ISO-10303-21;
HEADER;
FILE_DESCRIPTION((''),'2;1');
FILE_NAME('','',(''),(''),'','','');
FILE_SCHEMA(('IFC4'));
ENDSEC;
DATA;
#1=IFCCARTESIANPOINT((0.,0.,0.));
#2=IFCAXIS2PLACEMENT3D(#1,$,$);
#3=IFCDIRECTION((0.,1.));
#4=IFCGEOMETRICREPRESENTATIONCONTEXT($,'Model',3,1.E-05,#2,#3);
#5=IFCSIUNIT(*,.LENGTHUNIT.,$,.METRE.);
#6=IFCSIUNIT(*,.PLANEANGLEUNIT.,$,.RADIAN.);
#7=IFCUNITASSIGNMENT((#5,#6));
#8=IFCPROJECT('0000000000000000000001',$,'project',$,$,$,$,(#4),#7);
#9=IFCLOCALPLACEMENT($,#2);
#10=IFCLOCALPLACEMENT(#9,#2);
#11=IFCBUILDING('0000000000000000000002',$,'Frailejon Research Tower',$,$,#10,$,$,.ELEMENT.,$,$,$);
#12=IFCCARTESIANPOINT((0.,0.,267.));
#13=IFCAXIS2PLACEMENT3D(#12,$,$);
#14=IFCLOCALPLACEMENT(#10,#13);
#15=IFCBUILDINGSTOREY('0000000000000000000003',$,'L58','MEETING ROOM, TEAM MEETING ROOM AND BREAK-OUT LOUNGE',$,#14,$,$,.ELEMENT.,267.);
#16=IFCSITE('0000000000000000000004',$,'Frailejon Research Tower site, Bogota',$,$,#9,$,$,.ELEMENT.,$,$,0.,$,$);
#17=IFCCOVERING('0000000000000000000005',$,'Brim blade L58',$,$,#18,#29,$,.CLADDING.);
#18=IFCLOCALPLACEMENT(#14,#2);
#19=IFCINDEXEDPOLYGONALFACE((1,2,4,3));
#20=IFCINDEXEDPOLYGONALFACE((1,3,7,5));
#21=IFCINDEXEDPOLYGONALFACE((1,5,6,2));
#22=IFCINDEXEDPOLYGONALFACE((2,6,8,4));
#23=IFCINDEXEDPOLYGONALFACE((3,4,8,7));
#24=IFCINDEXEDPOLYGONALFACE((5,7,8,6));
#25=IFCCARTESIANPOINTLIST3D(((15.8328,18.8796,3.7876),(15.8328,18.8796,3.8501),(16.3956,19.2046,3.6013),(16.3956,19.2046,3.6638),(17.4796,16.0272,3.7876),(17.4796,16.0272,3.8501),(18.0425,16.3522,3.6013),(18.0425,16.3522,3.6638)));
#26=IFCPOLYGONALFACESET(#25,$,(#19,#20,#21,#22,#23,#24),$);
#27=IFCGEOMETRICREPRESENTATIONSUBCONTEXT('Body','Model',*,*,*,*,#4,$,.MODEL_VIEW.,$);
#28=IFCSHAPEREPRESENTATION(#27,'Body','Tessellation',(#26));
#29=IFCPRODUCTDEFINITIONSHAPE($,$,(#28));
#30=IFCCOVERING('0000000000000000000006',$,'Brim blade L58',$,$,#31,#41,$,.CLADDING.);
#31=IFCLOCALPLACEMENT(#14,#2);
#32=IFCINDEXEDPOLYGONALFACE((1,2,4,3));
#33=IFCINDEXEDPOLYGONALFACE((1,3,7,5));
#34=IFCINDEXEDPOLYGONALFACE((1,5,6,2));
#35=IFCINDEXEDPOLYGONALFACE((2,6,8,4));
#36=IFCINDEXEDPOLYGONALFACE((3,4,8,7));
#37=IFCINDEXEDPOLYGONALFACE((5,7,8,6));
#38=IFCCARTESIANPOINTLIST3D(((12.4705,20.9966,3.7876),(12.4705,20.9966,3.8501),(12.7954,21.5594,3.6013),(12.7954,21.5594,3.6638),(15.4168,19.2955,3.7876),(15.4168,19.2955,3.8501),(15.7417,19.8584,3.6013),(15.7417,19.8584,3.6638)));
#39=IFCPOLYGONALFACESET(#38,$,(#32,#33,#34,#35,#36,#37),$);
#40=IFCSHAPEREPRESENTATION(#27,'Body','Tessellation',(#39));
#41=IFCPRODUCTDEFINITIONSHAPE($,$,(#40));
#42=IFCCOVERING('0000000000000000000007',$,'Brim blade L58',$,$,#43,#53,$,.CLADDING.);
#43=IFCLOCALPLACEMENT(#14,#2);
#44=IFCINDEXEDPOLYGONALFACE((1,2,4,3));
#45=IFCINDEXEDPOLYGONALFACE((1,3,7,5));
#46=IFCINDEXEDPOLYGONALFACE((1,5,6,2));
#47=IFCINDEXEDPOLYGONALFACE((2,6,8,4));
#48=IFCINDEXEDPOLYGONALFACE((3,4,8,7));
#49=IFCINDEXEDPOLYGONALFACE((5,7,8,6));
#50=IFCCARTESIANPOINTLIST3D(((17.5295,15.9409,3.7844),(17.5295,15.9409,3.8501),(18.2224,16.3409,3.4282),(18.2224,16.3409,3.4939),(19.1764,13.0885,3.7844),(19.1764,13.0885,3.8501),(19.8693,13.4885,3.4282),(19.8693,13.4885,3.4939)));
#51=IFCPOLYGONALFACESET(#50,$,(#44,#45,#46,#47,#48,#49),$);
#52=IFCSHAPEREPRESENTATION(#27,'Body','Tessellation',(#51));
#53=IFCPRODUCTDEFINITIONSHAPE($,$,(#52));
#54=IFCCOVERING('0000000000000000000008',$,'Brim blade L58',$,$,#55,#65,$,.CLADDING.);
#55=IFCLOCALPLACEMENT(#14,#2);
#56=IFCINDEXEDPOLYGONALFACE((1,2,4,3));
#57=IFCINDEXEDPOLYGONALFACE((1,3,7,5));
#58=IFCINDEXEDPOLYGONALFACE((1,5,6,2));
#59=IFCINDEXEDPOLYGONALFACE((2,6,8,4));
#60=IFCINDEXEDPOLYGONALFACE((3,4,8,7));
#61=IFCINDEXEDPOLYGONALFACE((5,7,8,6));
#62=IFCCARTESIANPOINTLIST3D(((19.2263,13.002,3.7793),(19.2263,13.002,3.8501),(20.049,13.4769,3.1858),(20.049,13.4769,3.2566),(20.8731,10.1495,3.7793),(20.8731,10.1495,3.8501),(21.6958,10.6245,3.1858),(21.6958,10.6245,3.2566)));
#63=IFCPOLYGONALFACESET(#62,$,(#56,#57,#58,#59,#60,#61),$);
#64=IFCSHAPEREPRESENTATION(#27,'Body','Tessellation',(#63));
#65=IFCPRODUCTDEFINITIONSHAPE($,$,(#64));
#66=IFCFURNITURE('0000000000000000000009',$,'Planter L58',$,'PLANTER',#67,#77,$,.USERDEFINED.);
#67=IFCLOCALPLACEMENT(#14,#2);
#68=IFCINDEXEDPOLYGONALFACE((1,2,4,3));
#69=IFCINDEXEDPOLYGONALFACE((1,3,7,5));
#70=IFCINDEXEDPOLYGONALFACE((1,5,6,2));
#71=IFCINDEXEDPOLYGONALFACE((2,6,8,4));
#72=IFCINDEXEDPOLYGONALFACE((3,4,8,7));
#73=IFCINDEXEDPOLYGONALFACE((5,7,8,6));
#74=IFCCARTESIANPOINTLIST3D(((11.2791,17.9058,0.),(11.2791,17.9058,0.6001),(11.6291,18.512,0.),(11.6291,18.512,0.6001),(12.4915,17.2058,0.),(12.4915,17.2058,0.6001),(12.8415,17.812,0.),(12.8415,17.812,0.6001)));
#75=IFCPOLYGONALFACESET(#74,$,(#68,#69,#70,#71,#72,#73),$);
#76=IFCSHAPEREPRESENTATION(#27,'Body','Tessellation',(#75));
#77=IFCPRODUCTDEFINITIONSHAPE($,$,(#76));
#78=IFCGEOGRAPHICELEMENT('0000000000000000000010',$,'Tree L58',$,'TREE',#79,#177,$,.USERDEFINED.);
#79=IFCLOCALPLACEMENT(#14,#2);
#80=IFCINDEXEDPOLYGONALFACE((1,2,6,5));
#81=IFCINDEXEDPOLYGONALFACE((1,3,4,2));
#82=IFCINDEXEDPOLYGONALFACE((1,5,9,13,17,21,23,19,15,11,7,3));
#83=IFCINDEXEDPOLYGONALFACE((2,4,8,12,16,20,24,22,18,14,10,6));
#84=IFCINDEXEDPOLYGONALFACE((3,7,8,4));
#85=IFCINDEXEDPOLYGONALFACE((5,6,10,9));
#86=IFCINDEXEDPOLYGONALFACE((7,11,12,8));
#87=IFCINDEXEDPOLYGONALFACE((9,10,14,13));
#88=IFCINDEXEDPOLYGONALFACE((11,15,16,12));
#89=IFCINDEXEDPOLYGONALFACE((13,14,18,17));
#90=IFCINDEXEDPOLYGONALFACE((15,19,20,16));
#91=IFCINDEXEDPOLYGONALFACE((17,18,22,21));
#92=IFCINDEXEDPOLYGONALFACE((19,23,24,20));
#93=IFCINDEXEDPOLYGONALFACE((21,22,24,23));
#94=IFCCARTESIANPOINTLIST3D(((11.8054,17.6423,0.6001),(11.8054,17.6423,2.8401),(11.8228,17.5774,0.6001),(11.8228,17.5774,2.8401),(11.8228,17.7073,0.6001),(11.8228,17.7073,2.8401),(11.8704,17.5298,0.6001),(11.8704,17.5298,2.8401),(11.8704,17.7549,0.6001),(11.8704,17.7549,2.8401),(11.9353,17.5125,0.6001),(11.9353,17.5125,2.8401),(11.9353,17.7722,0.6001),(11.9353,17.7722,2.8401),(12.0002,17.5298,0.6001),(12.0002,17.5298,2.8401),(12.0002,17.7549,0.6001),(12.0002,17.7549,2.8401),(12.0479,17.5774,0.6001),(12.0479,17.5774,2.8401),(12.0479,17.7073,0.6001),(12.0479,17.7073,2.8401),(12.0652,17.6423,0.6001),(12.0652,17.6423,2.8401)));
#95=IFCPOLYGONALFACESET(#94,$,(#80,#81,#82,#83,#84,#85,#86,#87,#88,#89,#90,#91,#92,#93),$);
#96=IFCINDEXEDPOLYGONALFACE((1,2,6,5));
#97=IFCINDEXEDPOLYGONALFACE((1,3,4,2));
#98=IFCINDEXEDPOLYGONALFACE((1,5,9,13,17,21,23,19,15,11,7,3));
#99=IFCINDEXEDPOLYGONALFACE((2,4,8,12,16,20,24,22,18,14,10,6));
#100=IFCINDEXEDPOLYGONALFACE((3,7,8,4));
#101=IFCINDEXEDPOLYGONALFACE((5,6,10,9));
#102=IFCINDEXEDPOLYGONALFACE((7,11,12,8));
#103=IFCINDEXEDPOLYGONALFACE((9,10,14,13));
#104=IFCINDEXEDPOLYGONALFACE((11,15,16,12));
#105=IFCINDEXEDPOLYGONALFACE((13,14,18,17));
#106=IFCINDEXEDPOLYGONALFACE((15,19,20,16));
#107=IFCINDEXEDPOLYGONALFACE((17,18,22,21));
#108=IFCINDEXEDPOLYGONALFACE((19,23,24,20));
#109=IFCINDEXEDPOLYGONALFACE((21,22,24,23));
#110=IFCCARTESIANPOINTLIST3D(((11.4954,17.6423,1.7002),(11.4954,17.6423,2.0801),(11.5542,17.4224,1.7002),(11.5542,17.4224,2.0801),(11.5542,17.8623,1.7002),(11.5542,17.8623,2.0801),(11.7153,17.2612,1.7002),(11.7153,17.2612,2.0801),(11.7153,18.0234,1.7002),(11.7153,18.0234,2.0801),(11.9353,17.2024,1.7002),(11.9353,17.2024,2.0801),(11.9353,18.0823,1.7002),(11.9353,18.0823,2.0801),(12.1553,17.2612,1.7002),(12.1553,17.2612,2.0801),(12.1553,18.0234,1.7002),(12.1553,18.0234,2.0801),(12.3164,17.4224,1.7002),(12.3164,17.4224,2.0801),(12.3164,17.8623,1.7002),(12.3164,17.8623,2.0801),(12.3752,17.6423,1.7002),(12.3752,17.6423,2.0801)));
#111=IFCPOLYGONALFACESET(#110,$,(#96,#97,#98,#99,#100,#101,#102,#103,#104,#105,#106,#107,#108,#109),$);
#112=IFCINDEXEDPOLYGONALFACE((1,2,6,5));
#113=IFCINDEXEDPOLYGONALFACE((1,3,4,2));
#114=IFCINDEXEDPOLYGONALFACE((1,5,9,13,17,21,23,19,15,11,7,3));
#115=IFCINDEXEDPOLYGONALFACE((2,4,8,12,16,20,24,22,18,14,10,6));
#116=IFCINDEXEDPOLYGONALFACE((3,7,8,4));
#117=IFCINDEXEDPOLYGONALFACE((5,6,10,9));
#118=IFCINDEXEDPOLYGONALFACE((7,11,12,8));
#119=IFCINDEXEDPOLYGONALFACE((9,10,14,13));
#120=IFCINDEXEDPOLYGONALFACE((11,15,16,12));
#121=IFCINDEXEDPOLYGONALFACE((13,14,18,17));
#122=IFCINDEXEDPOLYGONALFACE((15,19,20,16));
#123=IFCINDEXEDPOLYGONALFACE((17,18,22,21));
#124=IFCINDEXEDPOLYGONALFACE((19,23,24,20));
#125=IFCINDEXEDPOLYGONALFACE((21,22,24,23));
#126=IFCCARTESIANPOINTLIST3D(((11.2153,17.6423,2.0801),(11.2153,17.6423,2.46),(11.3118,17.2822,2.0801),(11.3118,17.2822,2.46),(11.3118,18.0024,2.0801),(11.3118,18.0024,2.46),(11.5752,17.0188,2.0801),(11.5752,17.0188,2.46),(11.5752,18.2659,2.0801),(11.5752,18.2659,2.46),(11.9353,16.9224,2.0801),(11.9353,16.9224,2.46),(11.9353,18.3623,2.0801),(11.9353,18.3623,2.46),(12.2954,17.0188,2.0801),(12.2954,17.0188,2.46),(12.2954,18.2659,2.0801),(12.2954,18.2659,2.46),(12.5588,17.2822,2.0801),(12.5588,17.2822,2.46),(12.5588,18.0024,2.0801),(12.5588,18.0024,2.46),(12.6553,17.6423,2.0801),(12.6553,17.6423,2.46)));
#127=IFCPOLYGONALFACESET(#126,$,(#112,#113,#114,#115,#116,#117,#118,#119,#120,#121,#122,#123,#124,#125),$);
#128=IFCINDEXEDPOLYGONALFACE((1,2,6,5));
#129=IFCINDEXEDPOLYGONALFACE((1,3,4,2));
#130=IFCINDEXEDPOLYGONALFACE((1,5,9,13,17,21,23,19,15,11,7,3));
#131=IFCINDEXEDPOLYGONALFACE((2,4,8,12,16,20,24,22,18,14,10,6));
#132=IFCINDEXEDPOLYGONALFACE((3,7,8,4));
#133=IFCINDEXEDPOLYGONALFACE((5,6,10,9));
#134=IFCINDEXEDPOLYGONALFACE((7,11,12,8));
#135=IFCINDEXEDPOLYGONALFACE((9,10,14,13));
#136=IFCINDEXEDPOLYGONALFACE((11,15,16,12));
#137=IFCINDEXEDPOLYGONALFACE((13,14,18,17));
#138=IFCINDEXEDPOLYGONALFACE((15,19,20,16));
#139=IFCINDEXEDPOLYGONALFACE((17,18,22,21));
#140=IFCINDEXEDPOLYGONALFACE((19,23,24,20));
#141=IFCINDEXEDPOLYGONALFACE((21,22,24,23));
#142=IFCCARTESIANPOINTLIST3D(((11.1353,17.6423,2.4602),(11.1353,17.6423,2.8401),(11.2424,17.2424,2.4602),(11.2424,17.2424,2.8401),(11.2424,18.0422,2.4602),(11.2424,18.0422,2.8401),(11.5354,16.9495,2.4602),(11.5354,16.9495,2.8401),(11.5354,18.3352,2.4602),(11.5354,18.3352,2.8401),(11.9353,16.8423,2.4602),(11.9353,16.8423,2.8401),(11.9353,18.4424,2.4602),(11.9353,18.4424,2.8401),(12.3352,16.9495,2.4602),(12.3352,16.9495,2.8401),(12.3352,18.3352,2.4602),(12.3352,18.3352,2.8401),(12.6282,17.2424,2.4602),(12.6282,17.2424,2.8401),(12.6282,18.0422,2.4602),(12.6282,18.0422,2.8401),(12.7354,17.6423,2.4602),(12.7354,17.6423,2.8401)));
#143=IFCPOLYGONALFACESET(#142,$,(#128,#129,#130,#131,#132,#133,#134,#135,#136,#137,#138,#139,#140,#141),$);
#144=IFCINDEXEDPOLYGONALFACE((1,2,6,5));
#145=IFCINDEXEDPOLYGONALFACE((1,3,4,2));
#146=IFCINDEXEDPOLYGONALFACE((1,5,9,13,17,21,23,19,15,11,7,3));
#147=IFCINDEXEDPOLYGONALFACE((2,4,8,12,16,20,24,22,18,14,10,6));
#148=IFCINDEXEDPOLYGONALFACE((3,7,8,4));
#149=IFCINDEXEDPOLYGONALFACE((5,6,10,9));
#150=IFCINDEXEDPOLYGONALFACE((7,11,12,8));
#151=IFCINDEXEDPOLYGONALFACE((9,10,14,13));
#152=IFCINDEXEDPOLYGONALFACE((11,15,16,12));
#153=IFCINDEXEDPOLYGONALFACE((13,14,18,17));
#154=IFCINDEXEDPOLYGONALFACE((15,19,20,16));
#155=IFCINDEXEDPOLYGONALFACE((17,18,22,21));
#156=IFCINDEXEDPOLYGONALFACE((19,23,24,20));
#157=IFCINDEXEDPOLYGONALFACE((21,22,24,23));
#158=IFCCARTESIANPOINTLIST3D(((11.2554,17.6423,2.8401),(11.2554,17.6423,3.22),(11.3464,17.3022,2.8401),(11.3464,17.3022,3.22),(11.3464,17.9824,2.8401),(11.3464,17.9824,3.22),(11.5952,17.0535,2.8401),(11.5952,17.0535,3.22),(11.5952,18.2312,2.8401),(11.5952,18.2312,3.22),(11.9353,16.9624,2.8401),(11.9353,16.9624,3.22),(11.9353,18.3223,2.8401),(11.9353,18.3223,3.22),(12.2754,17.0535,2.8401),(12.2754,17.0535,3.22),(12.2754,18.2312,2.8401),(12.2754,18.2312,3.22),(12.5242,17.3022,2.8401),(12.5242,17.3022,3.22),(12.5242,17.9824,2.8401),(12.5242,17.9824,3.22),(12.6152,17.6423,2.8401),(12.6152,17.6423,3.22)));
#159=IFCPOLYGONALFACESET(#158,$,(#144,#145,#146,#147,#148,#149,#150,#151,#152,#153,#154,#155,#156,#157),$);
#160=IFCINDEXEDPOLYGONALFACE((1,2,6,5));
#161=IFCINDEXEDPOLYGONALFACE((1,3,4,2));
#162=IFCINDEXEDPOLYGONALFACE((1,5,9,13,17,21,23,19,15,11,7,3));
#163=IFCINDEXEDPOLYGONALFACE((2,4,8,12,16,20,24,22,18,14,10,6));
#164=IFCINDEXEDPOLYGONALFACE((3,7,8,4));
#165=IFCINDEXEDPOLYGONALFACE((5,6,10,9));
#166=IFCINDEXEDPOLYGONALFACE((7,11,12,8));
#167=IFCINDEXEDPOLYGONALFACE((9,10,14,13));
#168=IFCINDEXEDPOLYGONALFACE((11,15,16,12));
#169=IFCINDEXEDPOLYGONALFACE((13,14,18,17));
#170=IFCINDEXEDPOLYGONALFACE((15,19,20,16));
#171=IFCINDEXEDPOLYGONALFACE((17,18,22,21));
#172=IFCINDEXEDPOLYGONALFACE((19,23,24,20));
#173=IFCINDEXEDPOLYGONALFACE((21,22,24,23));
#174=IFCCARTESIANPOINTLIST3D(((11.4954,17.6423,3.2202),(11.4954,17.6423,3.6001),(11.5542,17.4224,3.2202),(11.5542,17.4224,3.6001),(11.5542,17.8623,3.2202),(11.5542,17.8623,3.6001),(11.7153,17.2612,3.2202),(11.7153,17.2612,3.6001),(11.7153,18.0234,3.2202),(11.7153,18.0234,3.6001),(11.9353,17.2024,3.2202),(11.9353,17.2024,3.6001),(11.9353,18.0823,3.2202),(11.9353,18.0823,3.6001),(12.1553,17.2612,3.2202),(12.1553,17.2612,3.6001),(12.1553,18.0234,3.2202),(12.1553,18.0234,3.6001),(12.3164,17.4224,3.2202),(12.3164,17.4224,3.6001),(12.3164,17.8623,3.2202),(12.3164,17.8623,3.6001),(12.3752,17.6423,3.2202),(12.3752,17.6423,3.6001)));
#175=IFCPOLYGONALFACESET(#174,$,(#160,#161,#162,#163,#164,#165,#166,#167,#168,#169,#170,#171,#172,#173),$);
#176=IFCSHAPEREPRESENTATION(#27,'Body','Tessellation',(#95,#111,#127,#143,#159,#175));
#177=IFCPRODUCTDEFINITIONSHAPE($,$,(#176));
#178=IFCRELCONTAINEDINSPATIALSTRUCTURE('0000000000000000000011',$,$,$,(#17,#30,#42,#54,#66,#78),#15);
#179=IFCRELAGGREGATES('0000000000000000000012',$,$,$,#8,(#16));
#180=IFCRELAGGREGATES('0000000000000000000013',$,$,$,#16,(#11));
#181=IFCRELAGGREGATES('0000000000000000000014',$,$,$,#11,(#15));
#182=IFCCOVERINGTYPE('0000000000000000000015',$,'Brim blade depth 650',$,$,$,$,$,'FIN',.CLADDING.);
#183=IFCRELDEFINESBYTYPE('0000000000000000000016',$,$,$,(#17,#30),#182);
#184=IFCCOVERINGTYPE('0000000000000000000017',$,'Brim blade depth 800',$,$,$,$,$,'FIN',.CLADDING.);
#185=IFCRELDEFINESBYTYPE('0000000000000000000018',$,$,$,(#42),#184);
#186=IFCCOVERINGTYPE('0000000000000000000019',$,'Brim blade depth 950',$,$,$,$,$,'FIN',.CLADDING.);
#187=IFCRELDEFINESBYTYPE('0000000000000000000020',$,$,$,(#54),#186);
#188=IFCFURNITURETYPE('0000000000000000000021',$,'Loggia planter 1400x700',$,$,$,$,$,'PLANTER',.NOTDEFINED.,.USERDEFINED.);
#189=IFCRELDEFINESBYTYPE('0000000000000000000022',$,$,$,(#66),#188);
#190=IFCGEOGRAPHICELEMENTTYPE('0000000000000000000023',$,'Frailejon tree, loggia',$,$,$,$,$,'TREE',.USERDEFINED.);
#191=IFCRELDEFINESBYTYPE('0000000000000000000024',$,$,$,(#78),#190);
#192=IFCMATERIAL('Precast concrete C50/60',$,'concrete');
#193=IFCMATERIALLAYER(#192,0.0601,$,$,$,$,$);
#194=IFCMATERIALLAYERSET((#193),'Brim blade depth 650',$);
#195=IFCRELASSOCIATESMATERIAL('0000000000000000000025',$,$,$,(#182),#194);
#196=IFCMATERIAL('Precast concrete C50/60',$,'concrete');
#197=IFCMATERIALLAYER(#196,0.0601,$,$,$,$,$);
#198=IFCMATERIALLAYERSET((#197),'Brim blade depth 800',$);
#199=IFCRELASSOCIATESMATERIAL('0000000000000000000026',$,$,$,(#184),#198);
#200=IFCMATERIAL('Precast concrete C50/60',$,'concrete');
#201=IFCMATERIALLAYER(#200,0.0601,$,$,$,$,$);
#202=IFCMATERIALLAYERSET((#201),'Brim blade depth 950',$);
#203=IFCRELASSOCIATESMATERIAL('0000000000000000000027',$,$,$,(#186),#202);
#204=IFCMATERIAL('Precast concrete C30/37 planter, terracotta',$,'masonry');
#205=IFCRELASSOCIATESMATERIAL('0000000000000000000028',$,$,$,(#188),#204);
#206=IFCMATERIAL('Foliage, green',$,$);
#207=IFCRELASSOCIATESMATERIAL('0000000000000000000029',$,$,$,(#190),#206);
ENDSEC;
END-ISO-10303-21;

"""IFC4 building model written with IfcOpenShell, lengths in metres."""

from ifc_helpers import new_model, si_unit, direction, frame, origin, origin_2d, place, context, subcontext, project, spatial, polyline, rectangle, outline, extrude, material, layer, layer_set, type_object, element, save


model = new_model("IFC4")

# Units and contexts
model_context = context("Model", 3, precision=1e-05, world=origin(), true_north=direction((0.0, 1.0)))
body_context = subcontext(model_context, "Body", "Model", "MODEL_VIEW")
ifc_project = project(units=[si_unit("LENGTHUNIT", "METRE"), si_unit("PLANEANGLEUNIT", "RADIAN")], contexts=[model_context])

# Site, building, storey
site_placement = place(None, origin())
site = spatial("IfcSite", under=ifc_project, at=site_placement, Name="Frailejon Research Tower site, Bogota", CompositionType="ELEMENT", RefElevation=0.0)
building_placement = place(site_placement, origin())
building = spatial("IfcBuilding", under=site, at=building_placement, Name="Frailejon Research Tower", CompositionType="ELEMENT")
storey_placement = place(building_placement, frame((0.0, 0.0, 267.0)))
storey = spatial("IfcBuildingStorey", under=building, at=storey_placement, Name="L58", Description="MEETING ROOM, TEAM MEETING ROOM AND BREAK-OUT LOUNGE", CompositionType="ELEMENT", Elevation=267.0)

# Coverings
ifc_material_1 = material(Name="Precast concrete C50/60", Category="concrete")
ifc_layer_1 = layer(ifc_material_1, 0.0601)
ifc_layer_set_1 = layer_set([ifc_layer_1], Name="Brim blade depth 650")
covering_type_1 = type_object("IfcCoveringType", Name="Brim blade depth 650", ElementType="FIN", PredefinedType="CLADDING", material=ifc_layer_set_1)
covering_1_placement = place(storey_placement, frame((15.8328, 18.8796, 3.8501), z_axis=(0.500006, -0.866022, 0.0), x_axis=(0.866022, 0.500006, 0.0)))
element("IfcCovering", 1, at=covering_1_placement, inside=storey, type_object=covering_type_1, Name="Brim blade L58", PredefinedType="CLADDING", context=body_context, shape_type="SweptSolid", body=[
    extrude(outline(polyline([(0.0, -0.0625), (0.6499, -0.2488), (0.6499, -0.1863), (0.0, 0.0), (0.0, -0.0625)])), origin(), (0.0, 0.0, 1.0), 3.2937),
])
covering_2_placement = place(storey_placement, frame((12.4705, 20.9966, 3.8501), z_axis=(0.866024, -0.500003, 0.0), x_axis=(0.500003, 0.866024, 0.0)))
element("IfcCovering", 2, at=covering_2_placement, inside=storey, type_object=covering_type_1, Name="Brim blade L58", PredefinedType="CLADDING", context=body_context, shape_type="SweptSolid", body=[
    extrude(outline(polyline([(0.0, -0.0625), (0.6499, -0.2488), (0.6499, -0.1863), (0.0, 0.0), (0.0, -0.0625)])), origin(), (0.0, 0.0, 1.0), 3.4021),
])
ifc_material_2 = material(Name="Precast concrete C50/60", Category="concrete")
ifc_layer_2 = layer(ifc_material_2, 0.0601)
ifc_layer_set_2 = layer_set([ifc_layer_2], Name="Brim blade depth 800")
covering_type_2 = type_object("IfcCoveringType", Name="Brim blade depth 800", ElementType="FIN", PredefinedType="CLADDING", material=ifc_layer_set_2)
covering_3_placement = place(storey_placement, frame((17.5295, 15.9409, 3.8501), z_axis=(0.500006, -0.866022, 0.0), x_axis=(0.866022, 0.500006, 0.0)))
element("IfcCovering", 3, at=covering_3_placement, inside=storey, type_object=covering_type_2, Name="Brim blade L58", PredefinedType="CLADDING", context=body_context, shape_type="SweptSolid", body=[
    extrude(outline(polyline([(0.0, -0.0657), (0.8, -0.4219), (0.8, -0.3562), (0.0, 0.0), (0.0, -0.0657)])), origin(), (0.0, 0.0, 1.0), 3.2937),
])
ifc_material_3 = material(Name="Precast concrete C50/60", Category="concrete")
ifc_layer_3 = layer(ifc_material_3, 0.0601)
ifc_layer_set_3 = layer_set([ifc_layer_3], Name="Brim blade depth 950")
covering_type_3 = type_object("IfcCoveringType", Name="Brim blade depth 950", ElementType="FIN", PredefinedType="CLADDING", material=ifc_layer_set_3)
covering_4_placement = place(storey_placement, frame((19.2263, 13.002, 3.8501), z_axis=(0.499993, -0.86603, 0.0), x_axis=(0.86603, 0.499993, 0.0)))
element("IfcCovering", 4, at=covering_4_placement, inside=storey, type_object=covering_type_3, Name="Brim blade L58", PredefinedType="CLADDING", context=body_context, shape_type="SweptSolid", body=[
    extrude(outline(polyline([(0.0, -0.0708), (0.95, -0.6643), (0.95, -0.5935), (0.0, 0.0), (0.0, -0.0708)])), origin(), (0.0, 0.0, 1.0), 3.2937),
])

# Furniture
ifc_material_4 = material(Name="Precast concrete C30/37 planter, terracotta", Category="masonry")
furniture_type = type_object("IfcFurnitureType", Name="Loggia planter 1400x700", ElementType="PLANTER", AssemblyPlace="NOTDEFINED", PredefinedType="USERDEFINED", material=ifc_material_4)
furniture_placement = place(storey_placement, frame((12.0603, 17.8589, 0.0), z_axis=(0.0, 0.0, 1.0), x_axis=(-0.866025, 0.5, 0.0)))
element("IfcFurniture", 5, at=furniture_placement, inside=storey, type_object=furniture_type, Name="Planter L58", ObjectType="PLANTER", PredefinedType="USERDEFINED", context=body_context, shape_type="SweptSolid", body=[
    extrude(rectangle(XDim=1.3999, YDim=0.7, at=origin_2d()), origin(), (0.0, 0.0, 1.0), 0.6001),
])

# Geographic element
ifc_material_5 = material(Name="Foliage, green")
geographic_element_type = type_object("IfcGeographicElementType", Name="Frailejon tree, loggia", ElementType="TREE", PredefinedType="USERDEFINED", material=ifc_material_5)
geographic_element_placement = place(storey_placement, frame((11.9353, 17.6423, 0.6001)))
element("IfcGeographicElement", 6, at=geographic_element_placement, inside=storey, type_object=geographic_element_type, Name="Tree L58", ObjectType="TREE", PredefinedType="USERDEFINED", context=body_context, shape_type="SweptSolid", body=[
    extrude(outline(polyline([(0.1299, 0.0), (0.1125, 0.0649), (0.0649, 0.1125), (0.0, 0.1299), (-0.0649, 0.1125), (-0.1125, 0.0649), (-0.1299, 0.0), (-0.1125, -0.0649), (-0.0649, -0.1125), (0.0, -0.1299), (0.0649, -0.1125), (0.1125, -0.0649), (0.1299, 0.0)])), origin(), (0.0, 0.0, 1.0), 2.24),
    extrude(outline(polyline([(0.4399, 0.0), (0.3811, 0.22), (0.22, 0.3811), (0.0, 0.4399), (-0.22, 0.3811), (-0.3811, 0.22), (-0.4399, 0.0), (-0.3811, -0.22), (-0.22, -0.3811), (0.0, -0.4399), (0.22, -0.3811), (0.3811, -0.22), (0.4399, 0.0)])), frame((0.0, 0.0, 1.1001)), (0.0, 0.0, 1.0), 0.3799),
    extrude(outline(polyline([(0.72, 0.0), (0.6235, 0.3601), (0.3601, 0.6235), (0.0, 0.72), (-0.3601, 0.6235), (-0.6235, 0.3601), (-0.72, 0.0), (-0.6235, -0.3601), (-0.3601, -0.6235), (0.0, -0.72), (0.3601, -0.6235), (0.6235, -0.3601), (0.72, 0.0)])), frame((0.0, 0.0, 1.48)), (0.0, 0.0, 1.0), 0.3799),
    extrude(outline(polyline([(0.8, 0.0), (0.6929, 0.3999), (0.3999, 0.6929), (0.0, 0.8), (-0.3999, 0.6929), (-0.6929, 0.3999), (-0.8, 0.0), (-0.6929, -0.3999), (-0.3999, -0.6929), (0.0, -0.8), (0.3999, -0.6929), (0.6929, -0.3999), (0.8, 0.0)])), frame((0.0, 0.0, 1.8601)), (0.0, 0.0, 1.0), 0.3799),
    extrude(outline(polyline([(0.6799, 0.0), (0.5889, 0.3401), (0.3401, 0.5889), (0.0, 0.6799), (-0.3401, 0.5889), (-0.5889, 0.3401), (-0.6799, 0.0), (-0.5889, -0.3401), (-0.3401, -0.5889), (0.0, -0.6799), (0.3401, -0.5889), (0.5889, -0.3401), (0.6799, 0.0)])), frame((0.0, 0.0, 2.24)), (0.0, 0.0, 1.0), 0.3799),
    extrude(outline(polyline([(0.4399, 0.0), (0.3811, 0.22), (0.22, 0.3811), (0.0, 0.4399), (-0.22, 0.3811), (-0.3811, 0.22), (-0.4399, 0.0), (-0.3811, -0.22), (-0.22, -0.3811), (0.0, -0.4399), (0.22, -0.3811), (0.3811, -0.22), (0.4399, 0.0)])), frame((0.0, 0.0, 2.6201)), (0.0, 0.0, 1.0), 0.3799),
])

save(model, "model.ifc")
